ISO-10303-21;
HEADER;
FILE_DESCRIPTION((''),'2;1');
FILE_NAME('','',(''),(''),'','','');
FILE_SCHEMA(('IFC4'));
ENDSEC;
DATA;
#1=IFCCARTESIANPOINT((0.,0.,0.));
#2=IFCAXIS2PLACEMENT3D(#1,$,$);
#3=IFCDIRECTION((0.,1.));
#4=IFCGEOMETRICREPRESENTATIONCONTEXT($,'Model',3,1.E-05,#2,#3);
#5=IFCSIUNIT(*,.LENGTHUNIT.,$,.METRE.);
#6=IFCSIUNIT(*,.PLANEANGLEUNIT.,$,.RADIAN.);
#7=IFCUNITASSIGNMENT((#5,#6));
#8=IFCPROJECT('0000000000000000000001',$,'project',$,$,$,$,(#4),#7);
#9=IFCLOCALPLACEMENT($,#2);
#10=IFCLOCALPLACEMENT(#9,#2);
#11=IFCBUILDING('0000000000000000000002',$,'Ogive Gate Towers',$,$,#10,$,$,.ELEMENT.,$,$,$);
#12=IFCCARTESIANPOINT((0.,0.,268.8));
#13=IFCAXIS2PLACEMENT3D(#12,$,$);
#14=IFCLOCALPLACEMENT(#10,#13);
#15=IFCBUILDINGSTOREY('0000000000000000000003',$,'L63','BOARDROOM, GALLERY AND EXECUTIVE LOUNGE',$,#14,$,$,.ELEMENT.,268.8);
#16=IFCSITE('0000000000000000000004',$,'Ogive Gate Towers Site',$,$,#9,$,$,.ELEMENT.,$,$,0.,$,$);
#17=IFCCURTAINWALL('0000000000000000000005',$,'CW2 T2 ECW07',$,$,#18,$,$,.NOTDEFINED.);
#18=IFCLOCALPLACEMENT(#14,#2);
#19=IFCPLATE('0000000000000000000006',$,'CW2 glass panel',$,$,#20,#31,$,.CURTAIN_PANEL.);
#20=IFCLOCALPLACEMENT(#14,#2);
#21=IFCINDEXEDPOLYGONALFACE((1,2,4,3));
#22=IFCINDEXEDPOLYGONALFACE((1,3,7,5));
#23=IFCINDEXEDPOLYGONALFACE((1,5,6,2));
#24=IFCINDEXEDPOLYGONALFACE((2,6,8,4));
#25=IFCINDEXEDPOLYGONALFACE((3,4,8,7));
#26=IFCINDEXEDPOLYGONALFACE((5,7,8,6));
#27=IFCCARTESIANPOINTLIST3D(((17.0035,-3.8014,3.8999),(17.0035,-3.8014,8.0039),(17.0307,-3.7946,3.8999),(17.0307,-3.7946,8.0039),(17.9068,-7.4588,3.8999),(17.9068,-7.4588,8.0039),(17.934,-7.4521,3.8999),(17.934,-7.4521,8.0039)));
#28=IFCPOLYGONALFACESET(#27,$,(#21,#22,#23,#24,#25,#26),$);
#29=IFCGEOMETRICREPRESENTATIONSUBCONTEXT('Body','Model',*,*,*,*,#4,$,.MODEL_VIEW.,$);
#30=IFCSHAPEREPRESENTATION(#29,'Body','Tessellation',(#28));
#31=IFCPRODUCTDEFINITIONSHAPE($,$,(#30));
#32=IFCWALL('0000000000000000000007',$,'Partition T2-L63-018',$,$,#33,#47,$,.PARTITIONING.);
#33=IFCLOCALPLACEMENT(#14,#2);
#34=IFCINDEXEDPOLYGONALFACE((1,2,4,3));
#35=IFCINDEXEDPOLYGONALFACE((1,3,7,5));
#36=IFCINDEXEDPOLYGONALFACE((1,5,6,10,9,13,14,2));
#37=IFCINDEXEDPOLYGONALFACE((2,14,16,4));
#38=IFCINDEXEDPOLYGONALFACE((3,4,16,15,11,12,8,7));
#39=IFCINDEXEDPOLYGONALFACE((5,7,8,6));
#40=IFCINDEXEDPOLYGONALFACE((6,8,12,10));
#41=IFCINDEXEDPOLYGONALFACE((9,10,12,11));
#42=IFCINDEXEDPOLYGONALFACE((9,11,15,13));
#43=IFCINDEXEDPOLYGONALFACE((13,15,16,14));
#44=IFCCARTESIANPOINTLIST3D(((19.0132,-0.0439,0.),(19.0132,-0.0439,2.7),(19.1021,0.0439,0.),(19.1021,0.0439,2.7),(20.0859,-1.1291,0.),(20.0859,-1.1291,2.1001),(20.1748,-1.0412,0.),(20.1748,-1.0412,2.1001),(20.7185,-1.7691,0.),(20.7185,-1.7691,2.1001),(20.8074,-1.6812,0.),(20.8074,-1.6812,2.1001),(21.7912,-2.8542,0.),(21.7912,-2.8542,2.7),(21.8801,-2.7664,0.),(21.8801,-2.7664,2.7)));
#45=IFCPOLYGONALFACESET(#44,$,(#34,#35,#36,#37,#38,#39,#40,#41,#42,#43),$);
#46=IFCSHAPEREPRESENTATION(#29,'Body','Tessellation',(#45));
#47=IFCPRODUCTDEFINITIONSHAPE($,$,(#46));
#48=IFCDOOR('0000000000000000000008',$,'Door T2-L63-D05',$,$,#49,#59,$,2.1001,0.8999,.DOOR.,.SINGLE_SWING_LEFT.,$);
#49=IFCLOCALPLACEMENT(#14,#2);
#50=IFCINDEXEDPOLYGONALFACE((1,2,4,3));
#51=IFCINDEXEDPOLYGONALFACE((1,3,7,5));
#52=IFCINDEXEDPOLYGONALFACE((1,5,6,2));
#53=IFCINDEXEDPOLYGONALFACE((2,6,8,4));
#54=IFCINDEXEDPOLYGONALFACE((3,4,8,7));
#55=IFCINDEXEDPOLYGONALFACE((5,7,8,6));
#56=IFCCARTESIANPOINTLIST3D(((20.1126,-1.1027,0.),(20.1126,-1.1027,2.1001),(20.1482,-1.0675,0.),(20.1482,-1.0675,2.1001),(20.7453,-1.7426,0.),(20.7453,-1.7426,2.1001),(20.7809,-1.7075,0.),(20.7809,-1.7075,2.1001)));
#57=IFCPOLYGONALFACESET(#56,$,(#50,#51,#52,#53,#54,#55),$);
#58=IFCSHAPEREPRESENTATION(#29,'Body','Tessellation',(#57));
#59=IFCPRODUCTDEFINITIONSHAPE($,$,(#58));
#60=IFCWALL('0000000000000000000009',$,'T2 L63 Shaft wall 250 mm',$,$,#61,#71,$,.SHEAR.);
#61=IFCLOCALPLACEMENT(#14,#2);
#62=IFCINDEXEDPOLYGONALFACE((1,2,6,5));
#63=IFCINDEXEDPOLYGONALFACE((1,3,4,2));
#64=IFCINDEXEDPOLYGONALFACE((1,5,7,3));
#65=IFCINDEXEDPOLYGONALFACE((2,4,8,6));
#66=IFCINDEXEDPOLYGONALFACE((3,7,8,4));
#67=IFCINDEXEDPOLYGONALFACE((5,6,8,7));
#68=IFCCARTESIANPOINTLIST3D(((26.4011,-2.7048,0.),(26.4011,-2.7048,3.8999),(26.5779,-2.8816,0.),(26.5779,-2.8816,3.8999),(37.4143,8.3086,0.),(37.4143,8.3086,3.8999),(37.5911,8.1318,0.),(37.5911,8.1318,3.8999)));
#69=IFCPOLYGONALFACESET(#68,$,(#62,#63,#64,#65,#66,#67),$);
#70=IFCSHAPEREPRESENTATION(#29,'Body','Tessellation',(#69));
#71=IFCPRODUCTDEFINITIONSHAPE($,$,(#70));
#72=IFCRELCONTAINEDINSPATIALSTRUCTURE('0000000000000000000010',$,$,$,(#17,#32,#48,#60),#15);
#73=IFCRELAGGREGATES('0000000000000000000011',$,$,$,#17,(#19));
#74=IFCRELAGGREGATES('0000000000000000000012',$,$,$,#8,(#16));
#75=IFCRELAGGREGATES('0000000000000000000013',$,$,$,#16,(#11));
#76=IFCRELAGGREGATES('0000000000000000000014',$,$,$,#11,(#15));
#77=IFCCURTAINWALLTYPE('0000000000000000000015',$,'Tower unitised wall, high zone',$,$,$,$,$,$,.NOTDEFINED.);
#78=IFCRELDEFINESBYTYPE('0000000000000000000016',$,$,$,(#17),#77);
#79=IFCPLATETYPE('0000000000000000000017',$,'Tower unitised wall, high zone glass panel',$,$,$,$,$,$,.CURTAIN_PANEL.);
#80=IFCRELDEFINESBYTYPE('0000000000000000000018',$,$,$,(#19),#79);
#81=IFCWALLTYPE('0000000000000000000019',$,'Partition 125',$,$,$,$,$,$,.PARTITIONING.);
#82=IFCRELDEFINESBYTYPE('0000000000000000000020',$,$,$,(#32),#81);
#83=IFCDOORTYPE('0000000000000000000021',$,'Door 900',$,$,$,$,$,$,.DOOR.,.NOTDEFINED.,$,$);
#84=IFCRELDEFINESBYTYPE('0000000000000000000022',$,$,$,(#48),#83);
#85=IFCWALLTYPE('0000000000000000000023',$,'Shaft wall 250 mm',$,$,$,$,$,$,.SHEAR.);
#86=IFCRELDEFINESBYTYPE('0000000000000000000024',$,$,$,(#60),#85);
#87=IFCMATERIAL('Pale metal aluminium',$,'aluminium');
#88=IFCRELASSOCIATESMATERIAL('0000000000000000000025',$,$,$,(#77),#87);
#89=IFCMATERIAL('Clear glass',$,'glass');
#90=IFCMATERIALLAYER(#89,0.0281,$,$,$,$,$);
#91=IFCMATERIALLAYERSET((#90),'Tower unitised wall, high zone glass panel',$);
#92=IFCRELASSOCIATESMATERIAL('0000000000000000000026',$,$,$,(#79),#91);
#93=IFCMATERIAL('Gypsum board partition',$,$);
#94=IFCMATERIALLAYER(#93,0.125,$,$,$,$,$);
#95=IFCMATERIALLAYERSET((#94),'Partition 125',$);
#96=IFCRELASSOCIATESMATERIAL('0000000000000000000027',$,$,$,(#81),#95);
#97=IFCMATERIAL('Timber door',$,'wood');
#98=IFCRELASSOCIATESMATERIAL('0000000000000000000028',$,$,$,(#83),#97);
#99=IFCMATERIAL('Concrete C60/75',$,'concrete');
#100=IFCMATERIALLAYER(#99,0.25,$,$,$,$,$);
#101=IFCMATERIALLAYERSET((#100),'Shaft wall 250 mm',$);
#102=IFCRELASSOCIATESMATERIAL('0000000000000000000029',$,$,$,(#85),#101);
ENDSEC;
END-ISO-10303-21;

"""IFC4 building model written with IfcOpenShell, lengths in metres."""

from ifc_helpers import new_model, si_unit, direction, frame, frame_2d, origin, origin_2d, place, context, subcontext, project, spatial, rectangle, extrude, material, layer, layer_set, type_object, element, fill, aggregate, save


model = new_model("IFC4")

# Units and contexts
model_context = context("Model", 3, precision=1e-05, world=origin(), true_north=direction((0.0, 1.0)))
body_context = subcontext(model_context, "Body", "Model", "MODEL_VIEW")
ifc_project = project(units=[si_unit("LENGTHUNIT", "METRE"), si_unit("PLANEANGLEUNIT", "RADIAN")], contexts=[model_context])

# Site, building, storey
site_placement = place(None, origin())
site = spatial("IfcSite", under=ifc_project, at=site_placement, Name="Ogive Gate Towers Site", CompositionType="ELEMENT", RefElevation=0.0)
building_placement = place(site_placement, origin())
building = spatial("IfcBuilding", under=site, at=building_placement, Name="Ogive Gate Towers", CompositionType="ELEMENT")
storey_placement = place(building_placement, frame((0.0, 0.0, 268.8)))
storey = spatial("IfcBuildingStorey", under=building, at=storey_placement, Name="L63", Description="BOARDROOM, GALLERY AND EXECUTIVE LOUNGE", CompositionType="ELEMENT", Elevation=268.8)

# Curtain wall, plate
ifc_material_1 = material(Name="Pale metal aluminium", Category="aluminium")
curtain_wall_type = type_object("IfcCurtainWallType", Name="Tower unitised wall, high zone", PredefinedType="NOTDEFINED", material=ifc_material_1)
curtain_wall_placement = place(storey_placement, origin())
curtain_wall = element("IfcCurtainWall", 1, at=curtain_wall_placement, inside=storey, type_object=curtain_wall_type, Name="CW2 T2 ECW07", PredefinedType="NOTDEFINED")
ifc_material_2 = material(Name="Clear glass", Category="glass")
ifc_layer_1 = layer(ifc_material_2, 0.0281)
ifc_layer_set_1 = layer_set([ifc_layer_1], Name="Tower unitised wall, high zone glass panel")
plate_type = type_object("IfcPlateType", Name="Tower unitised wall, high zone glass panel", PredefinedType="CURTAIN_PANEL", material=ifc_layer_set_1)
plate_1_placement = place(storey_placement, frame((17.4688, -5.6267, 3.8999), z_axis=(0.0, 0.0, 1.0), x_axis=(-0.239771, 0.97083, 0.0)))
plate_1 = element("IfcPlate", 2, at=plate_1_placement, type_object=plate_type, Name="CW2 glass panel", PredefinedType="CURTAIN_PANEL", context=body_context, shape_type="SweptSolid", body=[
    extrude(rectangle(XDim=3.7673, YDim=0.0281, at=origin_2d()), origin(), (0.0, 0.0, 1.0), 4.104),
])
aggregate(curtain_wall, [plate_1])

# Wall, opening, door
ifc_material_3 = material(Name="Gypsum board partition")
ifc_layer_2 = layer(ifc_material_3, 0.125)
ifc_layer_set_2 = layer_set([ifc_layer_2], Name="Partition 125")
wall_type_1 = type_object("IfcWallType", Name="Partition 125", PredefinedType="PARTITIONING", material=ifc_layer_set_2)
wall_1_placement = place(storey_placement, frame((21.8357, -2.8103, 0.0), z_axis=(0.0, 0.0, 1.0), x_axis=(-0.703017, 0.711173, 0.0)))
wall_1 = element("IfcWall", 3, at=wall_1_placement, inside=storey, type_object=wall_type_1, Name="Partition T2-L63-018", PredefinedType="PARTITIONING", context=body_context, shape_type="SweptSolid", body=[
    extrude(rectangle(XDim=3.9517, YDim=0.125, at=frame_2d((1.9758, 0.0))), origin(), (0.0, 0.0, 1.0), 2.7),
])
opening_1_placement = place(wall_1_placement, frame((1.5259, 0.0, 0.0)))
opening_1 = element("IfcOpeningElement", 4, at=opening_1_placement, cuts=wall_1, PredefinedType="OPENING", context=body_context, shape_type="SweptSolid", body=[
    extrude(rectangle(XDim=0.8999, YDim=2.1001, at=frame_2d((0.45, 1.05))), frame((0.0, 0.0725, 0.0), z_axis=(0.0, -1.0, 0.0), x_axis=(1.0, 0.0, 0.0)), (0.0, 0.0, 1.0), 0.145),
])
ifc_material_4 = material(Name="Timber door", Category="wood")
door_type_1 = type_object("IfcDoorType", Name="Door 900", OperationType="NOTDEFINED", PredefinedType="DOOR", material=ifc_material_4)
door_1_placement = place(opening_1_placement, origin())
door_1 = element("IfcDoor", 5, at=door_1_placement, inside=storey, type_object=door_type_1, Name="Door T2-L63-D05", OperationType="SINGLE_SWING_LEFT", OverallHeight=2.1001, OverallWidth=0.8999, PredefinedType="DOOR", context=body_context, shape_type="SweptSolid", body=[
    extrude(rectangle(XDim=0.8999, YDim=2.1001, at=frame_2d((0.45, 1.05))), frame((0.0, 0.0249, 0.0), z_axis=(0.0, -1.0, 0.0), x_axis=(1.0, 0.0, 0.0)), (0.0, 0.0, 1.0), 0.05),
])
fill(opening_1, door_1)

# Wall
ifc_material_5 = material(Name="Concrete C60/75", Category="concrete")
ifc_layer_3 = layer(ifc_material_5, 0.25)
ifc_layer_set_3 = layer_set([ifc_layer_3], Name="Shaft wall 250 mm")
wall_type_2 = type_object("IfcWallType", Name="Shaft wall 250 mm", PredefinedType="SHEAR", material=ifc_layer_set_3)
wall_2_placement = place(storey_placement, frame((26.4895, -2.7932, 0.0), z_axis=(0.0, 0.0, 1.0), x_axis=(0.707099, 0.707115, 0.0)))
element("IfcWall", 6, at=wall_2_placement, inside=storey, type_object=wall_type_2, Name="T2 L63 Shaft wall 250 mm", PredefinedType="SHEAR", context=body_context, shape_type="SweptSolid", body=[
    extrude(rectangle(XDim=15.5752, YDim=0.25, at=frame_2d((7.7876, 0.0))), origin(), (0.0, 0.0, 1.0), 3.8999),
])

save(model, "model.ifc")
